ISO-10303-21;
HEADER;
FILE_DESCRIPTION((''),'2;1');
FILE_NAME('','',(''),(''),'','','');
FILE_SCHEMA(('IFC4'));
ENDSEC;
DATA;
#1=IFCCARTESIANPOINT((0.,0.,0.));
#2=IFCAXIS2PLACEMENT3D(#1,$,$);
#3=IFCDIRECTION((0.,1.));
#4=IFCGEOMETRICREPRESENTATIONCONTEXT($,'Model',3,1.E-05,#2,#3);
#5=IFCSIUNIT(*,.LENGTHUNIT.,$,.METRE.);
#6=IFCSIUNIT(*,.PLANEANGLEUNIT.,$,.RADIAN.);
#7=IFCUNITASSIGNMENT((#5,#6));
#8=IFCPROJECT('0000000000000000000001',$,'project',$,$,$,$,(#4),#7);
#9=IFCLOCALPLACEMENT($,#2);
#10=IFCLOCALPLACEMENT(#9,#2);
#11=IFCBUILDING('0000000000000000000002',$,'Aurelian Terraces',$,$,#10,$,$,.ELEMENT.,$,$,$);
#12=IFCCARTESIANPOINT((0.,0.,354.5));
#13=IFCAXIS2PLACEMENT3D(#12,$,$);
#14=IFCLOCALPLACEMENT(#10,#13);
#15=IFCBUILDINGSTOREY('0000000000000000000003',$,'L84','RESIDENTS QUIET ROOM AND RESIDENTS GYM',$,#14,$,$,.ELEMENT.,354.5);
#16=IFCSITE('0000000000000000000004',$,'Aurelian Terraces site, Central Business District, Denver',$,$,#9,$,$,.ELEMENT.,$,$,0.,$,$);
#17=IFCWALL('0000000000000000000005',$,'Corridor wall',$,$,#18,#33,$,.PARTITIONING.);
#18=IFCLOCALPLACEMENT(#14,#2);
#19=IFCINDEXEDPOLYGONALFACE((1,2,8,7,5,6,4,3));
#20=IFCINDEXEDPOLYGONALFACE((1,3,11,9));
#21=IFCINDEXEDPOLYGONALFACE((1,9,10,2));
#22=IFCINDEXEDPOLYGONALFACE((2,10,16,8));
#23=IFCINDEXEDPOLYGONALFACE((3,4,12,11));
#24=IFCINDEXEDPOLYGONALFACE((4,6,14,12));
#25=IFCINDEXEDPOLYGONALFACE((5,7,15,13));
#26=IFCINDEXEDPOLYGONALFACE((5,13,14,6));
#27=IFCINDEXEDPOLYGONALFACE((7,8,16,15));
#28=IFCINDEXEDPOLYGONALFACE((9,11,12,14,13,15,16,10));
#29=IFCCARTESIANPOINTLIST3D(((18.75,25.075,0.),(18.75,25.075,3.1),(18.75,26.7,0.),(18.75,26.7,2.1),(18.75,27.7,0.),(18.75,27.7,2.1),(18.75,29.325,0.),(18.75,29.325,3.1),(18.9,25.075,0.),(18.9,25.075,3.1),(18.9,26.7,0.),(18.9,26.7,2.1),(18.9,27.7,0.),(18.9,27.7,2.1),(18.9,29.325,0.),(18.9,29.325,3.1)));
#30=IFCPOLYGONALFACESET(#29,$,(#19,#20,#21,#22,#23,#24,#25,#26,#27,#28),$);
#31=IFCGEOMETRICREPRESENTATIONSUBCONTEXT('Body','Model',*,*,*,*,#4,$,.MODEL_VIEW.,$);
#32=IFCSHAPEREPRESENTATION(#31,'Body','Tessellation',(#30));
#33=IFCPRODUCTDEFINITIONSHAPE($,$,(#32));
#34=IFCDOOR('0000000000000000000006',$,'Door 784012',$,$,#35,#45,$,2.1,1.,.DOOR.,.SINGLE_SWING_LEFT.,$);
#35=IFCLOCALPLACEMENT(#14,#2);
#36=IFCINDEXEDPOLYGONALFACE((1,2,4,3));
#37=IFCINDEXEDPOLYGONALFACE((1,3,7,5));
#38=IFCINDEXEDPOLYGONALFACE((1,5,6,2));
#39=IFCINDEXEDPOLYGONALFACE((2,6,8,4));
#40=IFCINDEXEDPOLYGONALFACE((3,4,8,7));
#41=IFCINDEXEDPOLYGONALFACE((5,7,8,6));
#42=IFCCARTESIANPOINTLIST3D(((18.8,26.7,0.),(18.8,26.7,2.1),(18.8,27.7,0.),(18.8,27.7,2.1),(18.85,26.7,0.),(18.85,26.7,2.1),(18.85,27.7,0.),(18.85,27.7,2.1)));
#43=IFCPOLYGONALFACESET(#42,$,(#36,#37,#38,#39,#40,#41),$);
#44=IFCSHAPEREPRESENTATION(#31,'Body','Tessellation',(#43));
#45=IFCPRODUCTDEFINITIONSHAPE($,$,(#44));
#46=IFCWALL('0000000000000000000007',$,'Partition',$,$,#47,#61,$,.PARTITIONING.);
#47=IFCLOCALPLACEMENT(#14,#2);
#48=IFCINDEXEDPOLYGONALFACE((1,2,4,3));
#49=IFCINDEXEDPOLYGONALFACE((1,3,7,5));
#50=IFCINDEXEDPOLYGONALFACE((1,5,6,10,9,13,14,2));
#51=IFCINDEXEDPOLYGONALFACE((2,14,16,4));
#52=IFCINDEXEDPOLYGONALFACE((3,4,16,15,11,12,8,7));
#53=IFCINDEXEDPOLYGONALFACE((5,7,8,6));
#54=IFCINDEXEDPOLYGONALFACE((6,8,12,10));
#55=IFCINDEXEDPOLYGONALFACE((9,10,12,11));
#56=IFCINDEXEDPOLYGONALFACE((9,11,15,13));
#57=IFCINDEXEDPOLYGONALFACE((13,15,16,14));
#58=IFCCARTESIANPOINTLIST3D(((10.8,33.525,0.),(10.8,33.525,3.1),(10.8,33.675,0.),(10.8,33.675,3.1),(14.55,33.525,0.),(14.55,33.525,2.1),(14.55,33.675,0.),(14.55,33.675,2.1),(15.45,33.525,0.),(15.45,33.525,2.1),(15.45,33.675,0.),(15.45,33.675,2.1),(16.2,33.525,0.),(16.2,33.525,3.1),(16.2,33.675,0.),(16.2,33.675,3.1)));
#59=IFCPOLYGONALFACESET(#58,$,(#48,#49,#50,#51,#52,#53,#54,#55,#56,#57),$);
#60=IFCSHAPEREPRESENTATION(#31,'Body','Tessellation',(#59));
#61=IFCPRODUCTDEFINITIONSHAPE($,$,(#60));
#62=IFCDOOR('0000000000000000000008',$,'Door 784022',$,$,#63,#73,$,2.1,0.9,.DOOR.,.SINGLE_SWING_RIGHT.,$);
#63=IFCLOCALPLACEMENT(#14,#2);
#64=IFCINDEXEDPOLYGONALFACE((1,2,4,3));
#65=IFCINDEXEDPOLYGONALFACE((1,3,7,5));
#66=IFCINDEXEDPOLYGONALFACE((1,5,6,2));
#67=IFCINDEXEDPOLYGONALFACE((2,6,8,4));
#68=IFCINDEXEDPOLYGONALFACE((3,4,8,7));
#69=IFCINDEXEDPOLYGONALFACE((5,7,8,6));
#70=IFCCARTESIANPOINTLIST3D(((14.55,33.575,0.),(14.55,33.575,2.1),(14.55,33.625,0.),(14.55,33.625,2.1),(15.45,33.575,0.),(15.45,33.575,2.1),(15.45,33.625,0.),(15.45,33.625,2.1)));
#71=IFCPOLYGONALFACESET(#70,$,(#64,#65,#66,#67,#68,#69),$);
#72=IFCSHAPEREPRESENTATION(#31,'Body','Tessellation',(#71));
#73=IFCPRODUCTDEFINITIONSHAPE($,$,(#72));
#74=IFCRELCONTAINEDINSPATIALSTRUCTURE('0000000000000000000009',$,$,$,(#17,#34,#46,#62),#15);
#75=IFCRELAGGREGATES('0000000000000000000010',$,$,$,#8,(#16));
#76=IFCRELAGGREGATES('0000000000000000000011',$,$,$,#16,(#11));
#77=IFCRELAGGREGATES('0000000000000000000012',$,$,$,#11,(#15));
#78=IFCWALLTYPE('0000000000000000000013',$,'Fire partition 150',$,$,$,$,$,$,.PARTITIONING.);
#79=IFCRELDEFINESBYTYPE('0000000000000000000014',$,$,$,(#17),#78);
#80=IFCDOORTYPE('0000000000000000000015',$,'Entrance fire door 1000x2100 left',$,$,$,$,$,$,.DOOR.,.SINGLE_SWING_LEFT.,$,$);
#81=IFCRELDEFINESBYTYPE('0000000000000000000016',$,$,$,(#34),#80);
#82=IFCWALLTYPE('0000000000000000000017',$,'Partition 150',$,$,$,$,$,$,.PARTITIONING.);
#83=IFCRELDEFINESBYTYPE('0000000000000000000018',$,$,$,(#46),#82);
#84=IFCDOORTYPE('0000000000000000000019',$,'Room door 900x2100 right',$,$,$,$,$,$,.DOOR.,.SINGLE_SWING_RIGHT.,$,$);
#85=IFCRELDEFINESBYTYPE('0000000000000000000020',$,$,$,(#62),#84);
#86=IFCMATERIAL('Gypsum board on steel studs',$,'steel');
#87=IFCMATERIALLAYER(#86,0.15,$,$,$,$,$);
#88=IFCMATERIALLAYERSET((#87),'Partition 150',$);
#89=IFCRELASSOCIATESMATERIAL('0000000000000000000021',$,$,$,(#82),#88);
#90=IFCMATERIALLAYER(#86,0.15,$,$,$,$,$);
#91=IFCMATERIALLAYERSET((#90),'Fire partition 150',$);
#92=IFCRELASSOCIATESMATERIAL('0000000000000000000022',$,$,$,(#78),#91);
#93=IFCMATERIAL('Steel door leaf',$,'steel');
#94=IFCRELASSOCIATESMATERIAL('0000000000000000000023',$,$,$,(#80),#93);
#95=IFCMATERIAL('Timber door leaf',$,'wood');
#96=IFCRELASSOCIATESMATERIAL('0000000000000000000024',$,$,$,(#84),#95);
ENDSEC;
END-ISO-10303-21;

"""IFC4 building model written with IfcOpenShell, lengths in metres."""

from ifc_helpers import new_model, si_unit, direction, frame, frame_2d, origin, place, context, subcontext, project, spatial, rectangle, extrude, source, transform, mapped, material, layer, layer_set, type_object, element, fill, save


model = new_model("IFC4")

# Units and contexts
model_context = context("Model", 3, precision=1e-05, world=origin(), true_north=direction((0.0, 1.0)))
body_context = subcontext(model_context, "Body", "Model", "MODEL_VIEW")
ifc_project = project(units=[si_unit("LENGTHUNIT", "METRE"), si_unit("PLANEANGLEUNIT", "RADIAN")], contexts=[model_context])

# Site, building, storey
site_placement = place(None, origin())
site = spatial("IfcSite", under=ifc_project, at=site_placement, Name="Aurelian Terraces site, Central Business District, Denver", CompositionType="ELEMENT", RefElevation=0.0)
building_placement = place(site_placement, origin())
building = spatial("IfcBuilding", under=site, at=building_placement, Name="Aurelian Terraces", CompositionType="ELEMENT")
storey_placement = place(building_placement, frame((0.0, 0.0, 354.5)))
storey = spatial("IfcBuildingStorey", under=building, at=storey_placement, Name="L84", Description="RESIDENTS QUIET ROOM AND RESIDENTS GYM", CompositionType="ELEMENT", Elevation=354.5)

# Shared definitions
ifc_material_1 = material(Name="Gypsum board on steel studs", Category="steel")
ifc_layer_1 = layer(ifc_material_1, 0.15)
ifc_layer_set_1 = layer_set([ifc_layer_1], Name="Partition 150")
wall_type_1 = type_object("IfcWallType", Name="Partition 150", PredefinedType="PARTITIONING", material=ifc_layer_set_1)

# Shared definitions
shared_shape_1 = source(origin(), body_context, "Body", "SweptSolid", [
    extrude(rectangle(XDim=1.0, YDim=2.1, at=frame_2d((0.5, 1.05))), frame((0.0, 0.085, 0.0), z_axis=(0.0, -1.0, 0.0), x_axis=(1.0, 0.0, 0.0)), (0.0, 0.0, 1.0), 0.17),
])
shared_shape_2 = source(origin(), body_context, "Body", "SweptSolid", [
    extrude(rectangle(XDim=0.9, YDim=2.1, at=frame_2d((0.45, 1.05))), frame((0.0, 0.085, 0.0), z_axis=(0.0, -1.0, 0.0), x_axis=(1.0, 0.0, 0.0)), (0.0, 0.0, 1.0), 0.17),
])
ifc_material_2 = material(Name="Timber door leaf", Category="wood")
shared_shape_3 = source(origin(), body_context, "Body", "SweptSolid", [
    extrude(rectangle(XDim=1.0, YDim=2.1, at=frame_2d((0.5, 1.05))), frame((0.0, 0.025, 0.0), z_axis=(0.0, -1.0, 0.0), x_axis=(1.0, 0.0, 0.0)), (0.0, 0.0, 1.0), 0.05),
])
shared_shape_4 = source(origin(), body_context, "Body", "SweptSolid", [
    extrude(rectangle(XDim=0.9, YDim=2.1, at=frame_2d((0.45, 1.05))), frame((0.0, 0.025, 0.0), z_axis=(0.0, -1.0, 0.0), x_axis=(1.0, 0.0, 0.0)), (0.0, 0.0, 1.0), 0.05),
])

# Shared definitions
ifc_layer_2 = layer(ifc_material_1, 0.15)
ifc_layer_set_2 = layer_set([ifc_layer_2], Name="Fire partition 150")
wall_type_2 = type_object("IfcWallType", Name="Fire partition 150", PredefinedType="PARTITIONING", material=ifc_layer_set_2)
ifc_material_3 = material(Name="Steel door leaf", Category="steel")
door_type_1 = type_object("IfcDoorType", Name="Entrance fire door 1000x2100 left", OperationType="SINGLE_SWING_LEFT", PredefinedType="DOOR", material=ifc_material_3)

# Walls, openings, doors
shared_shape_5 = source(origin(), body_context, "Body", "SweptSolid", [
    extrude(rectangle(XDim=4.25, YDim=0.15, at=frame_2d((2.125, 0.0))), origin(), (0.0, 0.0, 1.0), 3.1),
])
wall_1_placement = place(storey_placement, frame((18.825, 25.075, 0.0), z_axis=(0.0, 0.0, 1.0), x_axis=(0.0, 1.0, 0.0)))
wall_1 = element("IfcWall", 1, at=wall_1_placement, inside=storey, type_object=wall_type_2, Name="Corridor wall", PredefinedType="PARTITIONING", context=body_context, shape_type="MappedRepresentation", body=[
    mapped(shared_shape_5, transform((0.0, 0.0, 0.0), scale=1.0)),
])
opening_1_placement = place(wall_1_placement, frame((1.625, 0.0, 0.0)))
opening_1 = element("IfcOpeningElement", 2, at=opening_1_placement, cuts=wall_1, PredefinedType="OPENING", context=body_context, shape_type="MappedRepresentation", body=[
    mapped(shared_shape_1, transform((0.0, 0.0, 0.0), scale=1.0)),
])
door_1_placement = place(opening_1_placement, origin())
door_1 = element("IfcDoor", 3, at=door_1_placement, inside=storey, type_object=door_type_1, Name="Door 784012", OperationType="SINGLE_SWING_LEFT", OverallHeight=2.1, OverallWidth=1.0, PredefinedType="DOOR", context=body_context, shape_type="MappedRepresentation", body=[
    mapped(shared_shape_3, transform((0.0, 0.0, 0.0), scale=1.0)),
])
fill(opening_1, door_1)
shared_shape_6 = source(origin(), body_context, "Body", "SweptSolid", [
    extrude(rectangle(XDim=5.4, YDim=0.15, at=frame_2d((2.7, 0.0))), origin(), (0.0, 0.0, 1.0), 3.1),
])
wall_2_placement = place(storey_placement, frame((16.2, 33.6, 0.0), z_axis=(0.0, 0.0, 1.0), x_axis=(-1.0, 0.0, 0.0)))
wall_2 = element("IfcWall", 4, at=wall_2_placement, inside=storey, type_object=wall_type_1, Name="Partition", PredefinedType="PARTITIONING", context=body_context, shape_type="MappedRepresentation", body=[
    mapped(shared_shape_6, transform((0.0, 0.0, 0.0), scale=1.0)),
])
opening_2_placement = place(wall_2_placement, frame((0.75, 0.0, 0.0)))
opening_2 = element("IfcOpeningElement", 5, at=opening_2_placement, cuts=wall_2, PredefinedType="OPENING", context=body_context, shape_type="MappedRepresentation", body=[
    mapped(shared_shape_2, transform((0.0, 0.0, 0.0), scale=1.0)),
])
door_type_2 = type_object("IfcDoorType", Name="Room door 900x2100 right", OperationType="SINGLE_SWING_RIGHT", PredefinedType="DOOR", material=ifc_material_2)
door_2_placement = place(opening_2_placement, origin())
door_2 = element("IfcDoor", 6, at=door_2_placement, inside=storey, type_object=door_type_2, Name="Door 784022", OperationType="SINGLE_SWING_RIGHT", OverallHeight=2.1, OverallWidth=0.9, PredefinedType="DOOR", context=body_context, shape_type="MappedRepresentation", body=[
    mapped(shared_shape_4, transform((0.0, 0.0, 0.0), scale=1.0)),
])
fill(opening_2, door_2)

save(model, "model.ifc")
